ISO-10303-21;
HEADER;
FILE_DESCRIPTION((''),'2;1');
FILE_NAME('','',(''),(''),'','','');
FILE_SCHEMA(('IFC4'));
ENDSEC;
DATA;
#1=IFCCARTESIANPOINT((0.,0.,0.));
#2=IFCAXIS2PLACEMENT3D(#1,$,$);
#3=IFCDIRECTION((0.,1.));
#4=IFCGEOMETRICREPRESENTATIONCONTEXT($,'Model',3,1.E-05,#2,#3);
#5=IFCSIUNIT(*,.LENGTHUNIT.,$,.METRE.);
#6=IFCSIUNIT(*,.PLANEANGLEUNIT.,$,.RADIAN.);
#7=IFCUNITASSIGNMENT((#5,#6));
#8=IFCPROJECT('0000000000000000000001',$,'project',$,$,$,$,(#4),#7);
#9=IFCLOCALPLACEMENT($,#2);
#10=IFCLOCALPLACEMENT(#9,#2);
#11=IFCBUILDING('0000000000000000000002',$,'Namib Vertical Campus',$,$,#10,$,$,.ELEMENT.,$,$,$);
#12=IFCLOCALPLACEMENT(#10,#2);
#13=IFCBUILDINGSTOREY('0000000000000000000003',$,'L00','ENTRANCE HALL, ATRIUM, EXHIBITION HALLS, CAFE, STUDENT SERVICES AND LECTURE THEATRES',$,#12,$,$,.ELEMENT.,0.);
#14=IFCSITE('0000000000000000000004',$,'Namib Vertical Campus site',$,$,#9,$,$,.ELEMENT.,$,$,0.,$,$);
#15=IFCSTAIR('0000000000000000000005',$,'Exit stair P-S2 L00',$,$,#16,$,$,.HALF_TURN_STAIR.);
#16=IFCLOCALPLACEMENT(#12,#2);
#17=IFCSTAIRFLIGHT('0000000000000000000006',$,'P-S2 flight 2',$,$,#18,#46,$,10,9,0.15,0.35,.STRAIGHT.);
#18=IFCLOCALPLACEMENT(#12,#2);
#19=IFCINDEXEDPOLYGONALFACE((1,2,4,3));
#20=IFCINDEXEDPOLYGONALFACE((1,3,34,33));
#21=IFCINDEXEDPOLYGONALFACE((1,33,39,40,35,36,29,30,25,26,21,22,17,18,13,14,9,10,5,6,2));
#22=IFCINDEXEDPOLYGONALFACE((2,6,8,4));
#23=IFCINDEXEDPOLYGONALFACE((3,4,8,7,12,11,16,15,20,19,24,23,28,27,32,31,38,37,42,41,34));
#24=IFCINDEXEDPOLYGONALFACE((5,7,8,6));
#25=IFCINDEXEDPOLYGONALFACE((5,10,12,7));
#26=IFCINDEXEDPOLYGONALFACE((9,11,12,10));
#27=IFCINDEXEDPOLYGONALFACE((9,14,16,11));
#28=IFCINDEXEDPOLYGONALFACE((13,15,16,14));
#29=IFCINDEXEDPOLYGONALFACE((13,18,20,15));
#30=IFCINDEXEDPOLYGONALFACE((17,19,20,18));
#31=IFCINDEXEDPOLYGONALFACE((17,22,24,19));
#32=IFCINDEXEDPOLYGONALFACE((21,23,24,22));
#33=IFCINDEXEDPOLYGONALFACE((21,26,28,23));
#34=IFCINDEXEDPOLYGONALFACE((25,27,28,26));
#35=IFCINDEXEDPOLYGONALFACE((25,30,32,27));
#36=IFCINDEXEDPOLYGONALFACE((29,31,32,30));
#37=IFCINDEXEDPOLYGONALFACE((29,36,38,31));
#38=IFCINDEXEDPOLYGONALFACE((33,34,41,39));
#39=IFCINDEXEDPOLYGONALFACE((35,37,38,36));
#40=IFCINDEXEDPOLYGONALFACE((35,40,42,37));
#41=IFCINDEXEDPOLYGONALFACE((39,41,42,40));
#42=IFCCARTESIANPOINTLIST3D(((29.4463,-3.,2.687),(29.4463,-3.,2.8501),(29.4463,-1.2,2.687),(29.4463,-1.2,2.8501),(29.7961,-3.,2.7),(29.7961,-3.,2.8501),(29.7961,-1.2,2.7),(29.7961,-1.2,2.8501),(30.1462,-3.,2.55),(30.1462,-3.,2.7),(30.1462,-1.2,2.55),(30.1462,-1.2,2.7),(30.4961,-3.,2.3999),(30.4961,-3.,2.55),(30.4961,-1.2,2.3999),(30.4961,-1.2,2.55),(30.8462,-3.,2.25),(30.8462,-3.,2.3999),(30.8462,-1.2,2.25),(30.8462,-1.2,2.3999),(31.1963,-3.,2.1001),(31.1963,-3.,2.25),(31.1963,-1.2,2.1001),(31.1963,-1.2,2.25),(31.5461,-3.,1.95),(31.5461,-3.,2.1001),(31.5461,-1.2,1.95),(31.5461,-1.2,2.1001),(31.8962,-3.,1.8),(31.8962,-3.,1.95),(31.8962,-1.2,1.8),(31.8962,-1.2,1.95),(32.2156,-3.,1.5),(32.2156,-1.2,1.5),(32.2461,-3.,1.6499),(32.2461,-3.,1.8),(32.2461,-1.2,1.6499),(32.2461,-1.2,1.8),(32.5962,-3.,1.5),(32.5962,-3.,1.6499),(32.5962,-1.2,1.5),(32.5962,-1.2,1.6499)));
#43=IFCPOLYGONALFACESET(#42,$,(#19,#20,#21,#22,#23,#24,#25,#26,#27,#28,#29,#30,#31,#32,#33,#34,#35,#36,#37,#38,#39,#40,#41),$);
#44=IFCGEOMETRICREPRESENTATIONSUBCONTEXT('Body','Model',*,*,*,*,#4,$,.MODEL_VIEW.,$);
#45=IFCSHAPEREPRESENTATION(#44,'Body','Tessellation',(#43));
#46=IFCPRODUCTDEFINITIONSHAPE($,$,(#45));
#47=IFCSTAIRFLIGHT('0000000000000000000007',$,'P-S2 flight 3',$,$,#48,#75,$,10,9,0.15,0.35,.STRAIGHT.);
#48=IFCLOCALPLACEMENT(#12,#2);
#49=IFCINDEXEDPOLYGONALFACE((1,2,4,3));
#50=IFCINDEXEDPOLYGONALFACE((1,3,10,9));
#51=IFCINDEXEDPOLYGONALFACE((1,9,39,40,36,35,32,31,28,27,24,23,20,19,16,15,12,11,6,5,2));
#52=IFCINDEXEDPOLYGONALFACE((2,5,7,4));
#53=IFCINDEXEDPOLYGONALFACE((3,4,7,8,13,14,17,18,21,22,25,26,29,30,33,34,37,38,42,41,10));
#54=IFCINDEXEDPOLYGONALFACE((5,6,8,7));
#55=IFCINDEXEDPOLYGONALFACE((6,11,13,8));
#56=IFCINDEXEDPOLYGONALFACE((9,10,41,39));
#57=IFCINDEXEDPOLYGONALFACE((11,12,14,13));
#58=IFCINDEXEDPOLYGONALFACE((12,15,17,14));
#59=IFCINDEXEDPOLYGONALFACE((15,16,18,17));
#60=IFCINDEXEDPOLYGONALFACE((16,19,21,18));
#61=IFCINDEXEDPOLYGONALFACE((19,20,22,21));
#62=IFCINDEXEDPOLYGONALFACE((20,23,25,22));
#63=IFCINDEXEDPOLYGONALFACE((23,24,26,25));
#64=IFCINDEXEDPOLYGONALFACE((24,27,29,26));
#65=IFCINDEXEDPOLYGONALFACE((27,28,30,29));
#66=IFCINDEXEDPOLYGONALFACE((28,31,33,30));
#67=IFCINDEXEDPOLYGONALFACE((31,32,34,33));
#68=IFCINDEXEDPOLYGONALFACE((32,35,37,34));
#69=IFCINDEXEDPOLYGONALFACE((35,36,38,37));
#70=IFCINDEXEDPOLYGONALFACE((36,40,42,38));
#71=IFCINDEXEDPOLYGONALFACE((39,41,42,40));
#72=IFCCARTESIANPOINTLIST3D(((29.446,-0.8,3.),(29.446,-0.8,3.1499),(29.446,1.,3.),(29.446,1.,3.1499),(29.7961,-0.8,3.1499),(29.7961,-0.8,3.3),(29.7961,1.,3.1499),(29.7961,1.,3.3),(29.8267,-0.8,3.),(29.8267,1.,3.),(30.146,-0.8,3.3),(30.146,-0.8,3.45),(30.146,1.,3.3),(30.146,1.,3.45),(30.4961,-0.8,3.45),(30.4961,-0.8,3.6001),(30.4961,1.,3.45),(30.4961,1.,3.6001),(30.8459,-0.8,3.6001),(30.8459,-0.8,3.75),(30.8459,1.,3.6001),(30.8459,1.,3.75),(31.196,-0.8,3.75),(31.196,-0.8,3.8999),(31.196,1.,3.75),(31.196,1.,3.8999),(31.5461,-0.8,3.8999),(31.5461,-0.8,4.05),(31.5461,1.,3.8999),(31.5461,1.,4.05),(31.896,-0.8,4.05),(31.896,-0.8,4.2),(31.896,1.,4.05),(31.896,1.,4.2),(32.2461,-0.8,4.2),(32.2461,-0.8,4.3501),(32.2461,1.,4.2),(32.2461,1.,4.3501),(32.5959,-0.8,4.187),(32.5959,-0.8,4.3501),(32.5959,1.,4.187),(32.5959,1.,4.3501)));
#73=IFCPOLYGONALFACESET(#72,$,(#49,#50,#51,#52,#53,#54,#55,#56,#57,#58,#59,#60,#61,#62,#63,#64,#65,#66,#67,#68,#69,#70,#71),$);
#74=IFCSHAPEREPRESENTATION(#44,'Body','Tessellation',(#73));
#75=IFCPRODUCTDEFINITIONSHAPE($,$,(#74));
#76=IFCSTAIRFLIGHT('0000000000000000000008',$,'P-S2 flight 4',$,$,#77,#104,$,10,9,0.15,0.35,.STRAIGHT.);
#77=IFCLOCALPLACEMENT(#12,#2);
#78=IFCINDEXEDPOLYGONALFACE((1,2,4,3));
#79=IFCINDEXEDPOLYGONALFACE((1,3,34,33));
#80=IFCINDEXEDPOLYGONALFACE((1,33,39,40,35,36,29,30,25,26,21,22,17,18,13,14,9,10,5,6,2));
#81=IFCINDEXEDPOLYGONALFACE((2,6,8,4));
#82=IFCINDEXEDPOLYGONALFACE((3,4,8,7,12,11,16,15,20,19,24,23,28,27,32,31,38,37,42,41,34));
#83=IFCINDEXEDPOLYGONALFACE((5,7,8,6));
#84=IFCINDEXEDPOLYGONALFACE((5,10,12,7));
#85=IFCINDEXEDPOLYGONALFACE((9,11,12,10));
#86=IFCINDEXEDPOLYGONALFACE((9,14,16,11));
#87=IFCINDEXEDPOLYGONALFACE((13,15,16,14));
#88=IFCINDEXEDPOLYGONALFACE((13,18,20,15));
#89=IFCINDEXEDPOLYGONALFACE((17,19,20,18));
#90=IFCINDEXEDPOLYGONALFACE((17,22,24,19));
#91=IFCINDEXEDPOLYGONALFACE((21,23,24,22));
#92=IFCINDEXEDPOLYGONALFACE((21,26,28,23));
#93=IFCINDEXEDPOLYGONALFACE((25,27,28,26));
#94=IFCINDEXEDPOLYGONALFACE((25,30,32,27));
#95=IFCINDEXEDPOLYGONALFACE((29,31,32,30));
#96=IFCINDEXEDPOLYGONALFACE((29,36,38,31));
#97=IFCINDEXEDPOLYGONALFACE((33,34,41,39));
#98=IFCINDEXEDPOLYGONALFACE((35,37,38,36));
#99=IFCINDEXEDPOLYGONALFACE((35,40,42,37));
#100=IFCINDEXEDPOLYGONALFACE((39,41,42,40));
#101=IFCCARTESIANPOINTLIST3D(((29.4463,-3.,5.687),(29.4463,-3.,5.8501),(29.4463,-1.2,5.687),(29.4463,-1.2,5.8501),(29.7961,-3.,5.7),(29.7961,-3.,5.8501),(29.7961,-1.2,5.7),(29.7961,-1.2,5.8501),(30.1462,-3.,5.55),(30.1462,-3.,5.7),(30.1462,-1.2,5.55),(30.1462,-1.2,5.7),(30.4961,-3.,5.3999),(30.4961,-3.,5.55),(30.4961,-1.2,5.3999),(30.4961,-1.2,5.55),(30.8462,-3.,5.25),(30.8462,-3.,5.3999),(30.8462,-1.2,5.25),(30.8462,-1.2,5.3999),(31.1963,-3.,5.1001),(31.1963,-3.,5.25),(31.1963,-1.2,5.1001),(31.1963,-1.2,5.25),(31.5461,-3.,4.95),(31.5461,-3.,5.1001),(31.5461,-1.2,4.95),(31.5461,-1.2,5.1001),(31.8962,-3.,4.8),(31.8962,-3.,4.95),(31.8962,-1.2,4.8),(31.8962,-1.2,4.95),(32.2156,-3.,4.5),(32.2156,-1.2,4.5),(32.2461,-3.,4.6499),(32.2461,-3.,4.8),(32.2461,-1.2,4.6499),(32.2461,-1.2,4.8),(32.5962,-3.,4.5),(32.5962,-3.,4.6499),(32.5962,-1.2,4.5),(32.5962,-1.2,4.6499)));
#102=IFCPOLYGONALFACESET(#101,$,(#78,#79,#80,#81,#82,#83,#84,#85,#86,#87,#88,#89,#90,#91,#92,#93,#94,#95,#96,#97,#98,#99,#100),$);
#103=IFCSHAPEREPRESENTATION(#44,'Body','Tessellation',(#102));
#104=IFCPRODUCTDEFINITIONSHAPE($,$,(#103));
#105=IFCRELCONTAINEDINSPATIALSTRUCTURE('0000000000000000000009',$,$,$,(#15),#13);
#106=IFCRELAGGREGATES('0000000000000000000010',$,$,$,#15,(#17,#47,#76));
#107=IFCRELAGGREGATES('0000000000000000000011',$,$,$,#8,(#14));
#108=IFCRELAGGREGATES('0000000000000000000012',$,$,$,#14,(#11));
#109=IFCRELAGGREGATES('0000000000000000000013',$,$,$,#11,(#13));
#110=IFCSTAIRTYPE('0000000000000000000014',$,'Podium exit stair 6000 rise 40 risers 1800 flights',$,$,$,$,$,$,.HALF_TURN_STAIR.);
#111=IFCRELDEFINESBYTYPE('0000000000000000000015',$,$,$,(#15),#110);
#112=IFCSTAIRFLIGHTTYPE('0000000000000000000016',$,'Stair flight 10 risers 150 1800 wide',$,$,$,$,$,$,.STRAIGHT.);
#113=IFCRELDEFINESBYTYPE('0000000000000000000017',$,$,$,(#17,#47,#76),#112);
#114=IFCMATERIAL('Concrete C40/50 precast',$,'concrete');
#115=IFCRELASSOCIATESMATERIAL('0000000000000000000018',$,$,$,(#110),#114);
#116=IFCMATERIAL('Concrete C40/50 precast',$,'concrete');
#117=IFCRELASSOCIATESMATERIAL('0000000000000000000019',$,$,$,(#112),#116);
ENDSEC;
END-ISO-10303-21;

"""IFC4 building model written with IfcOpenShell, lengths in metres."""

from ifc_helpers import new_model, si_unit, direction, frame, origin, place, context, subcontext, project, spatial, polyline, outline, extrude, material, type_object, element, aggregate, save


model = new_model("IFC4")

# Units and contexts
model_context = context("Model", 3, precision=1e-05, world=origin(), true_north=direction((0.0, 1.0)))
body_context = subcontext(model_context, "Body", "Model", "MODEL_VIEW")
ifc_project = project(units=[si_unit("LENGTHUNIT", "METRE"), si_unit("PLANEANGLEUNIT", "RADIAN")], contexts=[model_context])

# Site, building, storey
site_placement = place(None, origin())
site = spatial("IfcSite", under=ifc_project, at=site_placement, Name="Namib Vertical Campus site", CompositionType="ELEMENT", RefElevation=0.0)
building_placement = place(site_placement, origin())
building = spatial("IfcBuilding", under=site, at=building_placement, Name="Namib Vertical Campus", CompositionType="ELEMENT")
storey_placement = place(building_placement, origin())
storey = spatial("IfcBuildingStorey", under=building, at=storey_placement, Name="L00", Description="ENTRANCE HALL, ATRIUM, EXHIBITION HALLS, CAFE, STUDENT SERVICES AND LECTURE THEATRES", CompositionType="ELEMENT", Elevation=0.0)

# Stair, stair flights
ifc_material_1 = material(Name="Concrete C40/50 precast", Category="concrete")
stair_type = type_object("IfcStairType", Name="Podium exit stair 6000 rise 40 risers 1800 flights", PredefinedType="HALF_TURN_STAIR", material=ifc_material_1)
stair_placement = place(storey_placement, origin())
stair = element("IfcStair", 1, at=stair_placement, inside=storey, type_object=stair_type, Name="Exit stair P-S2 L00", PredefinedType="HALF_TURN_STAIR")
ifc_material_2 = material(Name="Concrete C40/50 precast", Category="concrete")
stair_flight_type = type_object("IfcStairFlightType", Name="Stair flight 10 risers 150 1800 wide", PredefinedType="STRAIGHT", material=ifc_material_2)
stair_flight_1_placement = place(storey_placement, frame((32.5962, -2.1001, 1.5), z_axis=(0.0, 0.0, 1.0), x_axis=(-1.0, 0.0, 0.0)))
stair_flight_1 = element("IfcStairFlight", 2, at=stair_flight_1_placement, type_object=stair_flight_type, Name="P-S2 flight 2", NumberOfRisers=10, NumberOfTreads=9, PredefinedType="STRAIGHT", RiserHeight=0.15, TreadLength=0.35, context=body_context, shape_type="SweptSolid", body=[
    extrude(outline(polyline([(0.0, 0.0), (0.0, 0.1499), (0.3501, 0.1499), (0.3501, 0.3), (0.7, 0.3), (0.7, 0.45), (1.05, 0.45), (1.05, 0.6001), (1.3999, 0.6001), (1.3999, 0.75), (1.75, 0.75), (1.75, 0.8999), (2.1001, 0.8999), (2.1001, 1.05), (2.45, 1.05), (2.45, 1.2), (2.8, 1.2), (2.8, 1.3501), (3.1499, 1.3501), (3.1499, 1.5), (3.1499, 1.187), (0.3806, 0.0), (0.0, 0.0)])), frame((0.0, 0.8999, 0.0), z_axis=(0.0, -1.0, 0.0), x_axis=(1.0, 0.0, 0.0)), (0.0, 0.0, 1.0), 1.8),
])
stair_flight_2_placement = place(storey_placement, frame((29.446, 0.1001, 3.0), z_axis=(0.0, 0.0, 1.0), x_axis=(1.0, 0.0, 0.0)))
stair_flight_2 = element("IfcStairFlight", 3, at=stair_flight_2_placement, type_object=stair_flight_type, Name="P-S2 flight 3", NumberOfRisers=10, NumberOfTreads=9, PredefinedType="STRAIGHT", RiserHeight=0.15, TreadLength=0.35, context=body_context, shape_type="SweptSolid", body=[
    extrude(outline(polyline([(0.0, 0.0), (0.0, 0.1499), (0.3501, 0.1499), (0.3501, 0.3), (0.7, 0.3), (0.7, 0.45), (1.05, 0.45), (1.05, 0.6001), (1.3999, 0.6001), (1.3999, 0.75), (1.75, 0.75), (1.75, 0.8999), (2.1001, 0.8999), (2.1001, 1.05), (2.45, 1.05), (2.45, 1.2), (2.8, 1.2), (2.8, 1.3501), (3.1499, 1.3501), (3.1499, 1.5), (3.1499, 1.187), (0.3806, 0.0), (0.0, 0.0)])), frame((0.0, 0.8999, 0.0), z_axis=(0.0, -1.0, 0.0), x_axis=(1.0, 0.0, 0.0)), (0.0, 0.0, 1.0), 1.8),
])
stair_flight_3_placement = place(storey_placement, frame((32.5962, -2.1001, 4.5), z_axis=(0.0, 0.0, 1.0), x_axis=(-1.0, 0.0, 0.0)))
stair_flight_3 = element("IfcStairFlight", 4, at=stair_flight_3_placement, type_object=stair_flight_type, Name="P-S2 flight 4", NumberOfRisers=10, NumberOfTreads=9, PredefinedType="STRAIGHT", RiserHeight=0.15, TreadLength=0.35, context=body_context, shape_type="SweptSolid", body=[
    extrude(outline(polyline([(0.0, 0.0), (0.0, 0.1499), (0.3501, 0.1499), (0.3501, 0.3), (0.7, 0.3), (0.7, 0.45), (1.05, 0.45), (1.05, 0.6001), (1.3999, 0.6001), (1.3999, 0.75), (1.75, 0.75), (1.75, 0.8999), (2.1001, 0.8999), (2.1001, 1.05), (2.45, 1.05), (2.45, 1.2), (2.8, 1.2), (2.8, 1.3501), (3.1499, 1.3501), (3.1499, 1.5), (3.1499, 1.187), (0.3806, 0.0), (0.0, 0.0)])), frame((0.0, 0.8999, 0.0), z_axis=(0.0, -1.0, 0.0), x_axis=(1.0, 0.0, 0.0)), (0.0, 0.0, 1.0), 1.8),
])
aggregate(stair, [stair_flight_1, stair_flight_2, stair_flight_3])

save(model, "model.ifc")
